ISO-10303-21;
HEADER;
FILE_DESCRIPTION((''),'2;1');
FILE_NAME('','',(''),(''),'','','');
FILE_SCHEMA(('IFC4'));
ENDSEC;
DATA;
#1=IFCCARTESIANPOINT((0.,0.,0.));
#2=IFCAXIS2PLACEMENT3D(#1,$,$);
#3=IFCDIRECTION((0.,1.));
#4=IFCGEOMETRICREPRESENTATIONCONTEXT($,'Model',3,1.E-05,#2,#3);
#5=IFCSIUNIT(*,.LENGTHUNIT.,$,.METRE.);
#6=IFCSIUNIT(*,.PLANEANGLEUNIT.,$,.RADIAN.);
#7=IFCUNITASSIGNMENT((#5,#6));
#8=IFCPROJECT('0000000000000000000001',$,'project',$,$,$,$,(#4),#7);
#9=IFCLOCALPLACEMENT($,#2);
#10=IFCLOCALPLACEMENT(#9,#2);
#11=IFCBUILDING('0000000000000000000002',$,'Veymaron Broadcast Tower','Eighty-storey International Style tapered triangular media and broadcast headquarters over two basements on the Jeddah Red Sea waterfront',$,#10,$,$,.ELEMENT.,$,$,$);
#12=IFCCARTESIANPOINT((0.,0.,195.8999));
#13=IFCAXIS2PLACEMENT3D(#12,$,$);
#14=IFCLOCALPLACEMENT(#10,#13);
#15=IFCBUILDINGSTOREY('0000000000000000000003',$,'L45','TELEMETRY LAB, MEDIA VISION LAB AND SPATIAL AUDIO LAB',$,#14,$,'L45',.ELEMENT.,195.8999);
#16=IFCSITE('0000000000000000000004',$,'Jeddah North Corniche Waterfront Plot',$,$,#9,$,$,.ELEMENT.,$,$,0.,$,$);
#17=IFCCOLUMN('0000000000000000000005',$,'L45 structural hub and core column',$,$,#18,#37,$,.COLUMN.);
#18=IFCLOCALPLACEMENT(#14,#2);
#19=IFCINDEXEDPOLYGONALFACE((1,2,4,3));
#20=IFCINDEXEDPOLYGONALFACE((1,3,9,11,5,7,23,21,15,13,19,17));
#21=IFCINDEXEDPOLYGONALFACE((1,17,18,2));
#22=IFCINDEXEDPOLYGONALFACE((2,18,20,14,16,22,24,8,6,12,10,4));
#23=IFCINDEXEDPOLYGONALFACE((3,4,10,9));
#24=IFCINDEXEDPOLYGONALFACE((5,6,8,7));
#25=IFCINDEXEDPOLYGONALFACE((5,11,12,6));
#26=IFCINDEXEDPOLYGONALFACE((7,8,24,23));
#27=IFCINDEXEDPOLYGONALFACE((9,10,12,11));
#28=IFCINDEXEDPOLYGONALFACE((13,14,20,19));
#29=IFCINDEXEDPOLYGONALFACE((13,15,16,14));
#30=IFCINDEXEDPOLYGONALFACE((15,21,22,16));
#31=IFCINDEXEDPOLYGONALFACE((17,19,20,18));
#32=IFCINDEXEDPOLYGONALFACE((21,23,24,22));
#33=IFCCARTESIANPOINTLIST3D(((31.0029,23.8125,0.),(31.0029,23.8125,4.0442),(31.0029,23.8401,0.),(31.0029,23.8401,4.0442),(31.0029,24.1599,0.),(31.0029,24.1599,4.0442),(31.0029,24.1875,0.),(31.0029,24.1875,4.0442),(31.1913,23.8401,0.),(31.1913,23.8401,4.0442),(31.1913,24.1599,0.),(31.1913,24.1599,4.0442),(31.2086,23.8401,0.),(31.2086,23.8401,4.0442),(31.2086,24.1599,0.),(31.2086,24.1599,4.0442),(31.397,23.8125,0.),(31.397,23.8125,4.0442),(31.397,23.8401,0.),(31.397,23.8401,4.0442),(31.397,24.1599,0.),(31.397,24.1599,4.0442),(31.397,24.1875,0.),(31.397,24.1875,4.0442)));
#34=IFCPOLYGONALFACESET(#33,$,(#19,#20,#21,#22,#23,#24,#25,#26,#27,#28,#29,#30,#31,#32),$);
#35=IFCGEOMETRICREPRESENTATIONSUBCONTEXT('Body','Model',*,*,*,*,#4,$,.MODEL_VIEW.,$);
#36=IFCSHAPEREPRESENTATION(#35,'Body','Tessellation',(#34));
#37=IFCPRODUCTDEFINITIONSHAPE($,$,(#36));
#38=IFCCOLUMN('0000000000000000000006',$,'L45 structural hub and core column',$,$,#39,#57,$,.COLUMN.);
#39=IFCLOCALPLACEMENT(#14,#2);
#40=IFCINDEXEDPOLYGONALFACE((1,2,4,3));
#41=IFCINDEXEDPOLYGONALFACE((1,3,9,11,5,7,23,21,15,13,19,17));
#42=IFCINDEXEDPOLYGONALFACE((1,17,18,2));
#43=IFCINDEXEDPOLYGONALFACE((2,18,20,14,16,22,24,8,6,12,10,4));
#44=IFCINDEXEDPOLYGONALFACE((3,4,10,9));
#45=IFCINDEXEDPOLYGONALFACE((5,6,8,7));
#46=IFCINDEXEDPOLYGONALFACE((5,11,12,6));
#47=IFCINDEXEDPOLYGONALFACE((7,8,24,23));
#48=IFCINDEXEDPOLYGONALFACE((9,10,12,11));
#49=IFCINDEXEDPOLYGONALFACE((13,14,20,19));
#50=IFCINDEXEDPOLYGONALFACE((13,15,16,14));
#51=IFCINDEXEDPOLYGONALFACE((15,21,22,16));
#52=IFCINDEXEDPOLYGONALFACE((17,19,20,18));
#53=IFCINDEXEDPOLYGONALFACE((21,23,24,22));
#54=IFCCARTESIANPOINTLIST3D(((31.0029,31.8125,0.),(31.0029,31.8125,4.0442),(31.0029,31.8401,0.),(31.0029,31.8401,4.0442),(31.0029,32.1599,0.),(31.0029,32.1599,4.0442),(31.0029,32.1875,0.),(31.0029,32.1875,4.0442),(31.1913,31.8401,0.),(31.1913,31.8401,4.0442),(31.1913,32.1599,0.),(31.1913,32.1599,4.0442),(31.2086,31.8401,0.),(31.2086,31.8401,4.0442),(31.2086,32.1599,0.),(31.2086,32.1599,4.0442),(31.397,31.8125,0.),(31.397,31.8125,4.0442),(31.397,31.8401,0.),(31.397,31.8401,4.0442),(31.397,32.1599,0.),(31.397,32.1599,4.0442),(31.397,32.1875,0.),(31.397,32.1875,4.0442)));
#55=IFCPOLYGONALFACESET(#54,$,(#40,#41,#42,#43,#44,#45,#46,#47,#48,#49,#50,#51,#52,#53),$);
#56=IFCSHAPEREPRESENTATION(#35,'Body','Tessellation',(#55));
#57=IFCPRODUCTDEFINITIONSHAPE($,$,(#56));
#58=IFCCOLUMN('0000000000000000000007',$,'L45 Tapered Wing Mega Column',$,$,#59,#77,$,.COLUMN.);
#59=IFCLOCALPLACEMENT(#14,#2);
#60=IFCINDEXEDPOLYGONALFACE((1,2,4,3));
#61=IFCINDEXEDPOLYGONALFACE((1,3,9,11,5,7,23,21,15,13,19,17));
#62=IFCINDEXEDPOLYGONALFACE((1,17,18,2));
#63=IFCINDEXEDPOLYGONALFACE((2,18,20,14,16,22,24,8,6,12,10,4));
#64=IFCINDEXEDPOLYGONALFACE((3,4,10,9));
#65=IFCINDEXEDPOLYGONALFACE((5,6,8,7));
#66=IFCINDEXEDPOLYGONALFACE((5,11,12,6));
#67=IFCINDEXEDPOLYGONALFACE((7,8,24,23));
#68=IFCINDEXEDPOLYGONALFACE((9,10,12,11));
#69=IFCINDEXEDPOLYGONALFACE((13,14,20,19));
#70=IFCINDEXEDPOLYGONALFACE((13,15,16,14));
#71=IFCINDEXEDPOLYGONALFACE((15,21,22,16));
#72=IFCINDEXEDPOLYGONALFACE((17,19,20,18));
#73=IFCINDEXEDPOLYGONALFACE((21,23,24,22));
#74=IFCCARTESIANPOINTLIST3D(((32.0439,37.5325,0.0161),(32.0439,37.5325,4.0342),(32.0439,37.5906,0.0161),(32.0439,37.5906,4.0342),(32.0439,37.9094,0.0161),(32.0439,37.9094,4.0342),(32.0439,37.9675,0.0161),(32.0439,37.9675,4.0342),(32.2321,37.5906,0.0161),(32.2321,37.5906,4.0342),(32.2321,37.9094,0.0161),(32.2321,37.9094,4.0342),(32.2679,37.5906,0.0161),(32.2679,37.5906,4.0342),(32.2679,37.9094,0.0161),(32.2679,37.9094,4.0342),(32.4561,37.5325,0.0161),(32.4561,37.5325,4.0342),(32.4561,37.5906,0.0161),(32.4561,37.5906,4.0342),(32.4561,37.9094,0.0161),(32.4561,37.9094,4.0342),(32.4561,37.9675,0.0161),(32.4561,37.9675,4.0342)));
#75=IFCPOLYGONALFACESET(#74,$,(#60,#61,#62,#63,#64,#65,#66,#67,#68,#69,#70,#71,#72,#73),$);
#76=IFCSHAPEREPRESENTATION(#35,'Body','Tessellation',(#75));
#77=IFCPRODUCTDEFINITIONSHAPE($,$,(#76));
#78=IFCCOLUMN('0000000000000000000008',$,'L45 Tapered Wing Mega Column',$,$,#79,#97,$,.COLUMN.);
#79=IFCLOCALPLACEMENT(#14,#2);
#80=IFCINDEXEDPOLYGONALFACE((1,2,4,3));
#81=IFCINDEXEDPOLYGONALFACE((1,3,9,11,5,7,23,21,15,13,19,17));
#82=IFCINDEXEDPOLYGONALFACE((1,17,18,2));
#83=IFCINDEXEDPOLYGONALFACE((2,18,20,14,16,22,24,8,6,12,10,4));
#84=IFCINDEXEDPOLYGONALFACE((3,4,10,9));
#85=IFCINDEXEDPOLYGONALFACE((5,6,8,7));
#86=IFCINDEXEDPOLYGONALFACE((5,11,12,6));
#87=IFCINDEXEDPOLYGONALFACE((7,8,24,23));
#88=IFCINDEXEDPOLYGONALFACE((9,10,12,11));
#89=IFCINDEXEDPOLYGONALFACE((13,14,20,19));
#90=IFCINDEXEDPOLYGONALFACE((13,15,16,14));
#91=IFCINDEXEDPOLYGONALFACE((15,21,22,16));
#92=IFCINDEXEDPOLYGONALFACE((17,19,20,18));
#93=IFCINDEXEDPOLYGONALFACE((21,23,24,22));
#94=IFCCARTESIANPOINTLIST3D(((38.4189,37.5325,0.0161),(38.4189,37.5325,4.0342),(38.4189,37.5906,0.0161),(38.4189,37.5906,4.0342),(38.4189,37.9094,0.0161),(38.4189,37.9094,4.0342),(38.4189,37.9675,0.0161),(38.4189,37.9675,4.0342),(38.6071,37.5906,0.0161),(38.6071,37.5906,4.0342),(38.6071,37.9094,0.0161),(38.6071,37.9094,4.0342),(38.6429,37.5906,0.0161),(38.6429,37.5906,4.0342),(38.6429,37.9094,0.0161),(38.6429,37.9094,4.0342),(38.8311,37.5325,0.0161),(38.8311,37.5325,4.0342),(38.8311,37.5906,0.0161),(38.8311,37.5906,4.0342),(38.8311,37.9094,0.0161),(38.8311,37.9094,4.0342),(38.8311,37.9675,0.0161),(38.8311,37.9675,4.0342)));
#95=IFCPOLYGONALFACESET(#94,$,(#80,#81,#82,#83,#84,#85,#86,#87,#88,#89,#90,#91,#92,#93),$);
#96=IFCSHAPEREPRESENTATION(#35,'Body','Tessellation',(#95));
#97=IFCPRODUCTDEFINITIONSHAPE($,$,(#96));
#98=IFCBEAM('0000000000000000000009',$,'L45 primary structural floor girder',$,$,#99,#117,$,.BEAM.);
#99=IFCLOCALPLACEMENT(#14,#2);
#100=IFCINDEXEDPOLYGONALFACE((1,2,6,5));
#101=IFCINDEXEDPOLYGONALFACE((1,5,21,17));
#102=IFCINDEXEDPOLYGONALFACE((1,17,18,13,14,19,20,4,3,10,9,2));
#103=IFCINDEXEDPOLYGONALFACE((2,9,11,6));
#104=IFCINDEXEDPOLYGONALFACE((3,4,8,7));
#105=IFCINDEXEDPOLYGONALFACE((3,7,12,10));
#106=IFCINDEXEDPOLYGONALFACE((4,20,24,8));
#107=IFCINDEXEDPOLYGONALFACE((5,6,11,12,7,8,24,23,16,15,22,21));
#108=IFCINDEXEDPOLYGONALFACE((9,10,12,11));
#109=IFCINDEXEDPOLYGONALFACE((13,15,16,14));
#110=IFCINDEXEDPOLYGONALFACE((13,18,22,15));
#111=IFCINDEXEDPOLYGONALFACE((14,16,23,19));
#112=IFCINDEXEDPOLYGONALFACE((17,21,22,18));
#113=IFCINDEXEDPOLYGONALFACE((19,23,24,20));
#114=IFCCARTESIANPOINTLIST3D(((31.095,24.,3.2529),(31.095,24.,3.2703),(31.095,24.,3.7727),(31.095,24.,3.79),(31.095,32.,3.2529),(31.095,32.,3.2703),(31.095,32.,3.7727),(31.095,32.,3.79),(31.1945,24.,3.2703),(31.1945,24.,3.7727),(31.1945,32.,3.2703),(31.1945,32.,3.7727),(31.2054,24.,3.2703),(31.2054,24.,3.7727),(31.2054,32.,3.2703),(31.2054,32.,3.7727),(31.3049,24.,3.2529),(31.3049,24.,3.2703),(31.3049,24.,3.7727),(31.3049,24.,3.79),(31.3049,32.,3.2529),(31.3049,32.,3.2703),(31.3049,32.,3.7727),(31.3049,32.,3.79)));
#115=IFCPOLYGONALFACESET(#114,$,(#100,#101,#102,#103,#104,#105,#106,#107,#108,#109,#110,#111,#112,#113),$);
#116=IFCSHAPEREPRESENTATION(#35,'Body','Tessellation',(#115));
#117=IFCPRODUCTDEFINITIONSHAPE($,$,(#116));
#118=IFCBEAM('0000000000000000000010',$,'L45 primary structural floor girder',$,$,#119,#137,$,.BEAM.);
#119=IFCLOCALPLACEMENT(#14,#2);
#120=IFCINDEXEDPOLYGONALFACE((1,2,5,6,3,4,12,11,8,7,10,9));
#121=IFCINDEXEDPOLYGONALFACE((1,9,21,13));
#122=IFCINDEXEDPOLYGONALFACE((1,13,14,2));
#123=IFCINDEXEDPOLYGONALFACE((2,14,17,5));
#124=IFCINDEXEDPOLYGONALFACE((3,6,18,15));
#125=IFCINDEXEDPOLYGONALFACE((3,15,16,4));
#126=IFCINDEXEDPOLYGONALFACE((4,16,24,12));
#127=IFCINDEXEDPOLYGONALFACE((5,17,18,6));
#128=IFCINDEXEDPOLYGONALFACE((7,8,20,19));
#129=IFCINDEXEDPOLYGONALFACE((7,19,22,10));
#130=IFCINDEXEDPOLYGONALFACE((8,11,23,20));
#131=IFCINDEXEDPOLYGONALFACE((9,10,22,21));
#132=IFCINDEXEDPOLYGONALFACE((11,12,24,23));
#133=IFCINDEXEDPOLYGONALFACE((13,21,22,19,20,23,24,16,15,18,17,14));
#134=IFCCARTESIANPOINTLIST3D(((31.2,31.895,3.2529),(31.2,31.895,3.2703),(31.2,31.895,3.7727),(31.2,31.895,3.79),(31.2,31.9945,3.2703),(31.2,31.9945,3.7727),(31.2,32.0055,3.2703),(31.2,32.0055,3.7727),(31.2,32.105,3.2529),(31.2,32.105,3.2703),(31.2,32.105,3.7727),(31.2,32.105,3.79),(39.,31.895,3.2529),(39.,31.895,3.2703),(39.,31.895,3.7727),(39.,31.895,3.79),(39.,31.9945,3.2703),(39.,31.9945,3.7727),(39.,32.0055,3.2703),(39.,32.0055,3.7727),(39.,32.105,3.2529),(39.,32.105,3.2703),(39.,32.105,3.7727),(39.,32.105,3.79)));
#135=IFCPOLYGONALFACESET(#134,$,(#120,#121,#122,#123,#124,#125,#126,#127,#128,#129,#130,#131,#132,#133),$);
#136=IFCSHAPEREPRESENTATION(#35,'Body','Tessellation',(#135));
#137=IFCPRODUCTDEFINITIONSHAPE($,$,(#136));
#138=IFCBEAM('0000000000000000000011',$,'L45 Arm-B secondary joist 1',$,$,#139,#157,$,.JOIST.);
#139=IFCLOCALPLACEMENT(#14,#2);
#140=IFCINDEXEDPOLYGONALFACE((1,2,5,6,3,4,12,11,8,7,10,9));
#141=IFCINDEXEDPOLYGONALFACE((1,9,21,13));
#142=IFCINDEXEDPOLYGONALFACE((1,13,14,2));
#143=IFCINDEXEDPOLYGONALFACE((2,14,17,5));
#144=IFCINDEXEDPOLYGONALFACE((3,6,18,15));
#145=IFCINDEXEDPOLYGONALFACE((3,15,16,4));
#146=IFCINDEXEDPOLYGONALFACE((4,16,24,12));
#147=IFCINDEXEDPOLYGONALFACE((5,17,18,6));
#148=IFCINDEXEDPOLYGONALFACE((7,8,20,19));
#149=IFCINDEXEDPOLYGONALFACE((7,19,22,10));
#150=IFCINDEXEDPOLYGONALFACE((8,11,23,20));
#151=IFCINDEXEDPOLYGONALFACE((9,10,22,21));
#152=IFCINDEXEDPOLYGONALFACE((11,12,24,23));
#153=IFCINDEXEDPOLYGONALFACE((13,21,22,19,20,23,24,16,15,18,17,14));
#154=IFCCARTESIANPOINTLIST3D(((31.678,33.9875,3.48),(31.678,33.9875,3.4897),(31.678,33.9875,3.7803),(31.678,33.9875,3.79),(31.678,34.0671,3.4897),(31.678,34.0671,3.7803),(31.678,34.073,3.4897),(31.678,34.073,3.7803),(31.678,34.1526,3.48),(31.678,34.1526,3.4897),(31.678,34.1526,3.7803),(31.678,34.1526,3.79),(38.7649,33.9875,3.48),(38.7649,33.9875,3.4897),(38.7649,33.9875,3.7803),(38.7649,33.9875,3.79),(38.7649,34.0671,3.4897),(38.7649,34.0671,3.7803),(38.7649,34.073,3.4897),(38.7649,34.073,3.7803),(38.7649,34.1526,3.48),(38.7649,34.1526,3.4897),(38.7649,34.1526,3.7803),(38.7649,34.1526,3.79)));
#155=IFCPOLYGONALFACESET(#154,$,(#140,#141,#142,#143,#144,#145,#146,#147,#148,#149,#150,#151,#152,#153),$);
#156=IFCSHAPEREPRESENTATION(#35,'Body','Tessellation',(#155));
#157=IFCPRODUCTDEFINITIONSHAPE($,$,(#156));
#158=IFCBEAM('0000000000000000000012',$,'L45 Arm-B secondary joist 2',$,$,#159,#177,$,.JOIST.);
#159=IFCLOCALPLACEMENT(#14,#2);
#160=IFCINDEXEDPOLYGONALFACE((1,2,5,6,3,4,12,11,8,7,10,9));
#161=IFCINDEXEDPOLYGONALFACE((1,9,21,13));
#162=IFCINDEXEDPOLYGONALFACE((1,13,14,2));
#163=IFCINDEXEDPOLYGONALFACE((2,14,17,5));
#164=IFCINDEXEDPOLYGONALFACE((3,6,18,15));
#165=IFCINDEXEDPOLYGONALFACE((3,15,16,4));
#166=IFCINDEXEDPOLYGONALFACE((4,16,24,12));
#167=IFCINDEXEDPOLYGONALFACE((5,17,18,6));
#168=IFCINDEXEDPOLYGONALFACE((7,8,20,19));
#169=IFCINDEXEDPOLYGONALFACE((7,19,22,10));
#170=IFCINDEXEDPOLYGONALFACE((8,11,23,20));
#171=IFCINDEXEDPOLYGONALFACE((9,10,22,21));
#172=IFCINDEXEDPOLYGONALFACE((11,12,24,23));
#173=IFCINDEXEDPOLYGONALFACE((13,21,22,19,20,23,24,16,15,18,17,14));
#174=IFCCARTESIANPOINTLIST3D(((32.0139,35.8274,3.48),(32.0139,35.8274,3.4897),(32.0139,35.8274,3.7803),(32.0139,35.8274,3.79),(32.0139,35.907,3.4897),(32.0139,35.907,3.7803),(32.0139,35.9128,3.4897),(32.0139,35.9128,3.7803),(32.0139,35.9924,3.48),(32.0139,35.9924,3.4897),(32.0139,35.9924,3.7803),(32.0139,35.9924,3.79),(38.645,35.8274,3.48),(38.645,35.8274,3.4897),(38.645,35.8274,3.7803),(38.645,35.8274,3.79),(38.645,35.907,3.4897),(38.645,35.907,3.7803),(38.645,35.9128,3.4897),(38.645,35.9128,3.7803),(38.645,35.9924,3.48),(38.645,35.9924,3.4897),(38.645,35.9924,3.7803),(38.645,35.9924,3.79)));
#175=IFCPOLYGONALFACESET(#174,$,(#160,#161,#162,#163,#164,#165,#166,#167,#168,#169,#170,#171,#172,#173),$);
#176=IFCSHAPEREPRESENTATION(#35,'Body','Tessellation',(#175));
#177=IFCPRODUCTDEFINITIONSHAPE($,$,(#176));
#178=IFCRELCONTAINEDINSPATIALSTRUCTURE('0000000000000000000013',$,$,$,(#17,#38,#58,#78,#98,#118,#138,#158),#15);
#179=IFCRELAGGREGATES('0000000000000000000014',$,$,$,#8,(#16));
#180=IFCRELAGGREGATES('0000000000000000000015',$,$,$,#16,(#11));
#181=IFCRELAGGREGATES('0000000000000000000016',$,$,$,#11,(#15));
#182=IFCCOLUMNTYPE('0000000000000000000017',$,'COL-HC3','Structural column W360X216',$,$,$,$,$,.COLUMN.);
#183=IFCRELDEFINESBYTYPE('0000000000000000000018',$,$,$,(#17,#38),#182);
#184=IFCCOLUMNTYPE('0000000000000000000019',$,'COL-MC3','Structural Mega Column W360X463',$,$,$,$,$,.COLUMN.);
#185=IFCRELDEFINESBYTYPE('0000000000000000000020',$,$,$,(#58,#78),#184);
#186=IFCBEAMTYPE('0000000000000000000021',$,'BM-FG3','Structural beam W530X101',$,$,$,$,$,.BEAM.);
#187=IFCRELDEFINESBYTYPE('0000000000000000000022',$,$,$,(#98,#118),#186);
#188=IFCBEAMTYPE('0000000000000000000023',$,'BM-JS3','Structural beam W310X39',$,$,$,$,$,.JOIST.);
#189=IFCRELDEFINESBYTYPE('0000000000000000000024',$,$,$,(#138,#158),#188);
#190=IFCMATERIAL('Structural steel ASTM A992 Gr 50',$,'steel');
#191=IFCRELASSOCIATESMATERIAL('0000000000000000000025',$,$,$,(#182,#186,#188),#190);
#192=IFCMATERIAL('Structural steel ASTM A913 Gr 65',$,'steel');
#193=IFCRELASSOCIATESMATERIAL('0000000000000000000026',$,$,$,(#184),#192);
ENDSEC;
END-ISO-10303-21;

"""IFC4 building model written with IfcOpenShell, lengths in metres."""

from ifc_helpers import new_model, si_unit, direction, frame, origin, origin_2d, place, context, subcontext, project, spatial, i_section, extrude, material, material_profile, profile_set, type_object, element, save


model = new_model("IFC4")

# Units and contexts
model_context = context("Model", 3, precision=1e-05, world=origin(), true_north=direction((0.0, 1.0)))
body_context = subcontext(model_context, "Body", "Model", "MODEL_VIEW")
ifc_project = project(units=[si_unit("LENGTHUNIT", "METRE"), si_unit("PLANEANGLEUNIT", "RADIAN")], contexts=[model_context])

# Site, building, storey
site_placement = place(None, origin())
site = spatial("IfcSite", under=ifc_project, at=site_placement, Name="Jeddah North Corniche Waterfront Plot", CompositionType="ELEMENT", RefElevation=0.0)
building_placement = place(site_placement, origin())
building = spatial("IfcBuilding", under=site, at=building_placement, Name="Veymaron Broadcast Tower", Description="Eighty-storey International Style tapered triangular media and broadcast headquarters over two basements on the Jeddah Red Sea waterfront", CompositionType="ELEMENT")
storey_placement = place(building_placement, frame((0.0, 0.0, 195.8999)))
storey = spatial("IfcBuildingStorey", under=building, at=storey_placement, Name="L45", Description="TELEMETRY LAB, MEDIA VISION LAB AND SPATIAL AUDIO LAB", LongName="L45", CompositionType="ELEMENT", Elevation=195.8999)

# Columns
ifc_material_1 = material(Name="Structural steel ASTM A992 Gr 50", Category="steel")
ifc_material_profile_1 = material_profile(ifc_material_1, i_section(OverallWidth=0.394, OverallDepth=0.375, WebThickness=0.0173, FlangeThickness=0.0276, at=origin_2d()), Name="W360X216")
ifc_profile_set_1 = profile_set([ifc_material_profile_1], Name="Structural steel ASTM A992 Gr 50")
column_type_1 = type_object("IfcColumnType", Name="COL-HC3", Description="Structural column W360X216", PredefinedType="COLUMN", material=ifc_profile_set_1)
for number, where, z_axis, x_axis, name in (
    (1, (31.2, 24.0, 0.0), (0.0, 0.0, 1.0), (1.0, 0.0, 0.0), "L45 structural hub and core column"),
    (2, (31.2, 32.0, 0.0), (0.0, 0.0, 1.0), (1.0, 0.0, 0.0), "L45 structural hub and core column"),
):
    element("IfcColumn", number, at=place(storey_placement, frame(where, z_axis=z_axis, x_axis=x_axis)), inside=storey, type_object=column_type_1, Name=name, PredefinedType="COLUMN", context=body_context, shape_type="SweptSolid", body=[
        extrude(i_section(OverallWidth=0.394, OverallDepth=0.375, WebThickness=0.0173, FlangeThickness=0.0276, at=origin_2d()), origin(), (0.0, 0.0, 1.0), 4.0442),
    ])
ifc_material_2 = material(Name="Structural steel ASTM A913 Gr 65", Category="steel")
ifc_material_profile_2 = material_profile(ifc_material_2, i_section(OverallWidth=0.4121, OverallDepth=0.4351, WebThickness=0.0359, FlangeThickness=0.0581, at=origin_2d()), Name="W360X463")
ifc_profile_set_2 = profile_set([ifc_material_profile_2], Name="Structural steel ASTM A913 Gr 65")
column_type_2 = type_object("IfcColumnType", Name="COL-MC3", Description="Structural Mega Column W360X463", PredefinedType="COLUMN", material=ifc_profile_set_2)
for number, where, z_axis, x_axis, name in (
    (3, (32.25, 37.75, 0.0161), (0.0, 0.0, 1.0), (1.0, 0.0, 0.0), "L45 Tapered Wing Mega Column"),
    (4, (38.625, 37.75, 0.0161), (0.0, 0.0, 1.0), (1.0, 0.0, 0.0), "L45 Tapered Wing Mega Column"),
):
    element("IfcColumn", number, at=place(storey_placement, frame(where, z_axis=z_axis, x_axis=x_axis)), inside=storey, type_object=column_type_2, Name=name, PredefinedType="COLUMN", context=body_context, shape_type="SweptSolid", body=[
        extrude(i_section(OverallWidth=0.4121, OverallDepth=0.4351, WebThickness=0.0359, FlangeThickness=0.0581, at=origin_2d()), origin(), (0.0, 0.0, 1.0), 4.0181),
    ])

# Beams
ifc_material_profile_3 = material_profile(ifc_material_1, i_section(OverallWidth=0.21, OverallDepth=0.5371, WebThickness=0.011, FlangeThickness=0.0173, at=origin_2d()), Name="W530X101")
ifc_profile_set_3 = profile_set([ifc_material_profile_3], Name="Structural steel ASTM A992 Gr 50")
beam_type_1 = type_object("IfcBeamType", Name="BM-FG3", Description="Structural beam W530X101", PredefinedType="BEAM", material=ifc_profile_set_3)
beam_1_placement = place(storey_placement, frame((31.2, 24.0, 3.5215), z_axis=(0.0, 1.0, 0.0), x_axis=(-1.0, 0.0, 0.0)))
element("IfcBeam", 5, at=beam_1_placement, inside=storey, type_object=beam_type_1, Name="L45 primary structural floor girder", PredefinedType="BEAM", context=body_context, shape_type="SweptSolid", body=[
    extrude(i_section(OverallWidth=0.21, OverallDepth=0.5371, WebThickness=0.011, FlangeThickness=0.0173, at=origin_2d()), origin(), (0.0, 0.0, 1.0), 8.0),
])
beam_2_placement = place(storey_placement, frame((31.2, 32.0, 3.5215), z_axis=(1.0, 0.0, 0.0), x_axis=(0.0, 1.0, 0.0)))
element("IfcBeam", 6, at=beam_2_placement, inside=storey, type_object=beam_type_1, Name="L45 primary structural floor girder", PredefinedType="BEAM", context=body_context, shape_type="SweptSolid", body=[
    extrude(i_section(OverallWidth=0.21, OverallDepth=0.5371, WebThickness=0.011, FlangeThickness=0.0173, at=origin_2d()), origin(), (0.0, 0.0, 1.0), 7.8),
])
ifc_material_profile_4 = material_profile(ifc_material_1, i_section(OverallWidth=0.165, OverallDepth=0.3101, WebThickness=0.0059, FlangeThickness=0.0098, at=origin_2d()), Name="W310X39")
ifc_profile_set_4 = profile_set([ifc_material_profile_4], Name="Structural steel ASTM A992 Gr 50")
beam_type_2 = type_object("IfcBeamType", Name="BM-JS3", Description="Structural beam W310X39", PredefinedType="JOIST", material=ifc_profile_set_4)
beam_3_placement = place(storey_placement, frame((31.678, 34.0701, 3.635), z_axis=(1.0, 0.0, 0.0), x_axis=(0.0, 1.0, 0.0)))
element("IfcBeam", 7, at=beam_3_placement, inside=storey, type_object=beam_type_2, Name="L45 Arm-B secondary joist 1", PredefinedType="JOIST", context=body_context, shape_type="SweptSolid", body=[
    extrude(i_section(OverallWidth=0.165, OverallDepth=0.3101, WebThickness=0.0059, FlangeThickness=0.0098, at=origin_2d()), origin(), (0.0, 0.0, 1.0), 7.0869),
])
beam_4_placement = place(storey_placement, frame((32.0139, 35.9099, 3.635), z_axis=(1.0, 0.0, 0.0), x_axis=(0.0, 1.0, 0.0)))
element("IfcBeam", 8, at=beam_4_placement, inside=storey, type_object=beam_type_2, Name="L45 Arm-B secondary joist 2", PredefinedType="JOIST", context=body_context, shape_type="SweptSolid", body=[
    extrude(i_section(OverallWidth=0.165, OverallDepth=0.3101, WebThickness=0.0059, FlangeThickness=0.0098, at=origin_2d()), origin(), (0.0, 0.0, 1.0), 6.6311),
])

save(model, "model.ifc")
